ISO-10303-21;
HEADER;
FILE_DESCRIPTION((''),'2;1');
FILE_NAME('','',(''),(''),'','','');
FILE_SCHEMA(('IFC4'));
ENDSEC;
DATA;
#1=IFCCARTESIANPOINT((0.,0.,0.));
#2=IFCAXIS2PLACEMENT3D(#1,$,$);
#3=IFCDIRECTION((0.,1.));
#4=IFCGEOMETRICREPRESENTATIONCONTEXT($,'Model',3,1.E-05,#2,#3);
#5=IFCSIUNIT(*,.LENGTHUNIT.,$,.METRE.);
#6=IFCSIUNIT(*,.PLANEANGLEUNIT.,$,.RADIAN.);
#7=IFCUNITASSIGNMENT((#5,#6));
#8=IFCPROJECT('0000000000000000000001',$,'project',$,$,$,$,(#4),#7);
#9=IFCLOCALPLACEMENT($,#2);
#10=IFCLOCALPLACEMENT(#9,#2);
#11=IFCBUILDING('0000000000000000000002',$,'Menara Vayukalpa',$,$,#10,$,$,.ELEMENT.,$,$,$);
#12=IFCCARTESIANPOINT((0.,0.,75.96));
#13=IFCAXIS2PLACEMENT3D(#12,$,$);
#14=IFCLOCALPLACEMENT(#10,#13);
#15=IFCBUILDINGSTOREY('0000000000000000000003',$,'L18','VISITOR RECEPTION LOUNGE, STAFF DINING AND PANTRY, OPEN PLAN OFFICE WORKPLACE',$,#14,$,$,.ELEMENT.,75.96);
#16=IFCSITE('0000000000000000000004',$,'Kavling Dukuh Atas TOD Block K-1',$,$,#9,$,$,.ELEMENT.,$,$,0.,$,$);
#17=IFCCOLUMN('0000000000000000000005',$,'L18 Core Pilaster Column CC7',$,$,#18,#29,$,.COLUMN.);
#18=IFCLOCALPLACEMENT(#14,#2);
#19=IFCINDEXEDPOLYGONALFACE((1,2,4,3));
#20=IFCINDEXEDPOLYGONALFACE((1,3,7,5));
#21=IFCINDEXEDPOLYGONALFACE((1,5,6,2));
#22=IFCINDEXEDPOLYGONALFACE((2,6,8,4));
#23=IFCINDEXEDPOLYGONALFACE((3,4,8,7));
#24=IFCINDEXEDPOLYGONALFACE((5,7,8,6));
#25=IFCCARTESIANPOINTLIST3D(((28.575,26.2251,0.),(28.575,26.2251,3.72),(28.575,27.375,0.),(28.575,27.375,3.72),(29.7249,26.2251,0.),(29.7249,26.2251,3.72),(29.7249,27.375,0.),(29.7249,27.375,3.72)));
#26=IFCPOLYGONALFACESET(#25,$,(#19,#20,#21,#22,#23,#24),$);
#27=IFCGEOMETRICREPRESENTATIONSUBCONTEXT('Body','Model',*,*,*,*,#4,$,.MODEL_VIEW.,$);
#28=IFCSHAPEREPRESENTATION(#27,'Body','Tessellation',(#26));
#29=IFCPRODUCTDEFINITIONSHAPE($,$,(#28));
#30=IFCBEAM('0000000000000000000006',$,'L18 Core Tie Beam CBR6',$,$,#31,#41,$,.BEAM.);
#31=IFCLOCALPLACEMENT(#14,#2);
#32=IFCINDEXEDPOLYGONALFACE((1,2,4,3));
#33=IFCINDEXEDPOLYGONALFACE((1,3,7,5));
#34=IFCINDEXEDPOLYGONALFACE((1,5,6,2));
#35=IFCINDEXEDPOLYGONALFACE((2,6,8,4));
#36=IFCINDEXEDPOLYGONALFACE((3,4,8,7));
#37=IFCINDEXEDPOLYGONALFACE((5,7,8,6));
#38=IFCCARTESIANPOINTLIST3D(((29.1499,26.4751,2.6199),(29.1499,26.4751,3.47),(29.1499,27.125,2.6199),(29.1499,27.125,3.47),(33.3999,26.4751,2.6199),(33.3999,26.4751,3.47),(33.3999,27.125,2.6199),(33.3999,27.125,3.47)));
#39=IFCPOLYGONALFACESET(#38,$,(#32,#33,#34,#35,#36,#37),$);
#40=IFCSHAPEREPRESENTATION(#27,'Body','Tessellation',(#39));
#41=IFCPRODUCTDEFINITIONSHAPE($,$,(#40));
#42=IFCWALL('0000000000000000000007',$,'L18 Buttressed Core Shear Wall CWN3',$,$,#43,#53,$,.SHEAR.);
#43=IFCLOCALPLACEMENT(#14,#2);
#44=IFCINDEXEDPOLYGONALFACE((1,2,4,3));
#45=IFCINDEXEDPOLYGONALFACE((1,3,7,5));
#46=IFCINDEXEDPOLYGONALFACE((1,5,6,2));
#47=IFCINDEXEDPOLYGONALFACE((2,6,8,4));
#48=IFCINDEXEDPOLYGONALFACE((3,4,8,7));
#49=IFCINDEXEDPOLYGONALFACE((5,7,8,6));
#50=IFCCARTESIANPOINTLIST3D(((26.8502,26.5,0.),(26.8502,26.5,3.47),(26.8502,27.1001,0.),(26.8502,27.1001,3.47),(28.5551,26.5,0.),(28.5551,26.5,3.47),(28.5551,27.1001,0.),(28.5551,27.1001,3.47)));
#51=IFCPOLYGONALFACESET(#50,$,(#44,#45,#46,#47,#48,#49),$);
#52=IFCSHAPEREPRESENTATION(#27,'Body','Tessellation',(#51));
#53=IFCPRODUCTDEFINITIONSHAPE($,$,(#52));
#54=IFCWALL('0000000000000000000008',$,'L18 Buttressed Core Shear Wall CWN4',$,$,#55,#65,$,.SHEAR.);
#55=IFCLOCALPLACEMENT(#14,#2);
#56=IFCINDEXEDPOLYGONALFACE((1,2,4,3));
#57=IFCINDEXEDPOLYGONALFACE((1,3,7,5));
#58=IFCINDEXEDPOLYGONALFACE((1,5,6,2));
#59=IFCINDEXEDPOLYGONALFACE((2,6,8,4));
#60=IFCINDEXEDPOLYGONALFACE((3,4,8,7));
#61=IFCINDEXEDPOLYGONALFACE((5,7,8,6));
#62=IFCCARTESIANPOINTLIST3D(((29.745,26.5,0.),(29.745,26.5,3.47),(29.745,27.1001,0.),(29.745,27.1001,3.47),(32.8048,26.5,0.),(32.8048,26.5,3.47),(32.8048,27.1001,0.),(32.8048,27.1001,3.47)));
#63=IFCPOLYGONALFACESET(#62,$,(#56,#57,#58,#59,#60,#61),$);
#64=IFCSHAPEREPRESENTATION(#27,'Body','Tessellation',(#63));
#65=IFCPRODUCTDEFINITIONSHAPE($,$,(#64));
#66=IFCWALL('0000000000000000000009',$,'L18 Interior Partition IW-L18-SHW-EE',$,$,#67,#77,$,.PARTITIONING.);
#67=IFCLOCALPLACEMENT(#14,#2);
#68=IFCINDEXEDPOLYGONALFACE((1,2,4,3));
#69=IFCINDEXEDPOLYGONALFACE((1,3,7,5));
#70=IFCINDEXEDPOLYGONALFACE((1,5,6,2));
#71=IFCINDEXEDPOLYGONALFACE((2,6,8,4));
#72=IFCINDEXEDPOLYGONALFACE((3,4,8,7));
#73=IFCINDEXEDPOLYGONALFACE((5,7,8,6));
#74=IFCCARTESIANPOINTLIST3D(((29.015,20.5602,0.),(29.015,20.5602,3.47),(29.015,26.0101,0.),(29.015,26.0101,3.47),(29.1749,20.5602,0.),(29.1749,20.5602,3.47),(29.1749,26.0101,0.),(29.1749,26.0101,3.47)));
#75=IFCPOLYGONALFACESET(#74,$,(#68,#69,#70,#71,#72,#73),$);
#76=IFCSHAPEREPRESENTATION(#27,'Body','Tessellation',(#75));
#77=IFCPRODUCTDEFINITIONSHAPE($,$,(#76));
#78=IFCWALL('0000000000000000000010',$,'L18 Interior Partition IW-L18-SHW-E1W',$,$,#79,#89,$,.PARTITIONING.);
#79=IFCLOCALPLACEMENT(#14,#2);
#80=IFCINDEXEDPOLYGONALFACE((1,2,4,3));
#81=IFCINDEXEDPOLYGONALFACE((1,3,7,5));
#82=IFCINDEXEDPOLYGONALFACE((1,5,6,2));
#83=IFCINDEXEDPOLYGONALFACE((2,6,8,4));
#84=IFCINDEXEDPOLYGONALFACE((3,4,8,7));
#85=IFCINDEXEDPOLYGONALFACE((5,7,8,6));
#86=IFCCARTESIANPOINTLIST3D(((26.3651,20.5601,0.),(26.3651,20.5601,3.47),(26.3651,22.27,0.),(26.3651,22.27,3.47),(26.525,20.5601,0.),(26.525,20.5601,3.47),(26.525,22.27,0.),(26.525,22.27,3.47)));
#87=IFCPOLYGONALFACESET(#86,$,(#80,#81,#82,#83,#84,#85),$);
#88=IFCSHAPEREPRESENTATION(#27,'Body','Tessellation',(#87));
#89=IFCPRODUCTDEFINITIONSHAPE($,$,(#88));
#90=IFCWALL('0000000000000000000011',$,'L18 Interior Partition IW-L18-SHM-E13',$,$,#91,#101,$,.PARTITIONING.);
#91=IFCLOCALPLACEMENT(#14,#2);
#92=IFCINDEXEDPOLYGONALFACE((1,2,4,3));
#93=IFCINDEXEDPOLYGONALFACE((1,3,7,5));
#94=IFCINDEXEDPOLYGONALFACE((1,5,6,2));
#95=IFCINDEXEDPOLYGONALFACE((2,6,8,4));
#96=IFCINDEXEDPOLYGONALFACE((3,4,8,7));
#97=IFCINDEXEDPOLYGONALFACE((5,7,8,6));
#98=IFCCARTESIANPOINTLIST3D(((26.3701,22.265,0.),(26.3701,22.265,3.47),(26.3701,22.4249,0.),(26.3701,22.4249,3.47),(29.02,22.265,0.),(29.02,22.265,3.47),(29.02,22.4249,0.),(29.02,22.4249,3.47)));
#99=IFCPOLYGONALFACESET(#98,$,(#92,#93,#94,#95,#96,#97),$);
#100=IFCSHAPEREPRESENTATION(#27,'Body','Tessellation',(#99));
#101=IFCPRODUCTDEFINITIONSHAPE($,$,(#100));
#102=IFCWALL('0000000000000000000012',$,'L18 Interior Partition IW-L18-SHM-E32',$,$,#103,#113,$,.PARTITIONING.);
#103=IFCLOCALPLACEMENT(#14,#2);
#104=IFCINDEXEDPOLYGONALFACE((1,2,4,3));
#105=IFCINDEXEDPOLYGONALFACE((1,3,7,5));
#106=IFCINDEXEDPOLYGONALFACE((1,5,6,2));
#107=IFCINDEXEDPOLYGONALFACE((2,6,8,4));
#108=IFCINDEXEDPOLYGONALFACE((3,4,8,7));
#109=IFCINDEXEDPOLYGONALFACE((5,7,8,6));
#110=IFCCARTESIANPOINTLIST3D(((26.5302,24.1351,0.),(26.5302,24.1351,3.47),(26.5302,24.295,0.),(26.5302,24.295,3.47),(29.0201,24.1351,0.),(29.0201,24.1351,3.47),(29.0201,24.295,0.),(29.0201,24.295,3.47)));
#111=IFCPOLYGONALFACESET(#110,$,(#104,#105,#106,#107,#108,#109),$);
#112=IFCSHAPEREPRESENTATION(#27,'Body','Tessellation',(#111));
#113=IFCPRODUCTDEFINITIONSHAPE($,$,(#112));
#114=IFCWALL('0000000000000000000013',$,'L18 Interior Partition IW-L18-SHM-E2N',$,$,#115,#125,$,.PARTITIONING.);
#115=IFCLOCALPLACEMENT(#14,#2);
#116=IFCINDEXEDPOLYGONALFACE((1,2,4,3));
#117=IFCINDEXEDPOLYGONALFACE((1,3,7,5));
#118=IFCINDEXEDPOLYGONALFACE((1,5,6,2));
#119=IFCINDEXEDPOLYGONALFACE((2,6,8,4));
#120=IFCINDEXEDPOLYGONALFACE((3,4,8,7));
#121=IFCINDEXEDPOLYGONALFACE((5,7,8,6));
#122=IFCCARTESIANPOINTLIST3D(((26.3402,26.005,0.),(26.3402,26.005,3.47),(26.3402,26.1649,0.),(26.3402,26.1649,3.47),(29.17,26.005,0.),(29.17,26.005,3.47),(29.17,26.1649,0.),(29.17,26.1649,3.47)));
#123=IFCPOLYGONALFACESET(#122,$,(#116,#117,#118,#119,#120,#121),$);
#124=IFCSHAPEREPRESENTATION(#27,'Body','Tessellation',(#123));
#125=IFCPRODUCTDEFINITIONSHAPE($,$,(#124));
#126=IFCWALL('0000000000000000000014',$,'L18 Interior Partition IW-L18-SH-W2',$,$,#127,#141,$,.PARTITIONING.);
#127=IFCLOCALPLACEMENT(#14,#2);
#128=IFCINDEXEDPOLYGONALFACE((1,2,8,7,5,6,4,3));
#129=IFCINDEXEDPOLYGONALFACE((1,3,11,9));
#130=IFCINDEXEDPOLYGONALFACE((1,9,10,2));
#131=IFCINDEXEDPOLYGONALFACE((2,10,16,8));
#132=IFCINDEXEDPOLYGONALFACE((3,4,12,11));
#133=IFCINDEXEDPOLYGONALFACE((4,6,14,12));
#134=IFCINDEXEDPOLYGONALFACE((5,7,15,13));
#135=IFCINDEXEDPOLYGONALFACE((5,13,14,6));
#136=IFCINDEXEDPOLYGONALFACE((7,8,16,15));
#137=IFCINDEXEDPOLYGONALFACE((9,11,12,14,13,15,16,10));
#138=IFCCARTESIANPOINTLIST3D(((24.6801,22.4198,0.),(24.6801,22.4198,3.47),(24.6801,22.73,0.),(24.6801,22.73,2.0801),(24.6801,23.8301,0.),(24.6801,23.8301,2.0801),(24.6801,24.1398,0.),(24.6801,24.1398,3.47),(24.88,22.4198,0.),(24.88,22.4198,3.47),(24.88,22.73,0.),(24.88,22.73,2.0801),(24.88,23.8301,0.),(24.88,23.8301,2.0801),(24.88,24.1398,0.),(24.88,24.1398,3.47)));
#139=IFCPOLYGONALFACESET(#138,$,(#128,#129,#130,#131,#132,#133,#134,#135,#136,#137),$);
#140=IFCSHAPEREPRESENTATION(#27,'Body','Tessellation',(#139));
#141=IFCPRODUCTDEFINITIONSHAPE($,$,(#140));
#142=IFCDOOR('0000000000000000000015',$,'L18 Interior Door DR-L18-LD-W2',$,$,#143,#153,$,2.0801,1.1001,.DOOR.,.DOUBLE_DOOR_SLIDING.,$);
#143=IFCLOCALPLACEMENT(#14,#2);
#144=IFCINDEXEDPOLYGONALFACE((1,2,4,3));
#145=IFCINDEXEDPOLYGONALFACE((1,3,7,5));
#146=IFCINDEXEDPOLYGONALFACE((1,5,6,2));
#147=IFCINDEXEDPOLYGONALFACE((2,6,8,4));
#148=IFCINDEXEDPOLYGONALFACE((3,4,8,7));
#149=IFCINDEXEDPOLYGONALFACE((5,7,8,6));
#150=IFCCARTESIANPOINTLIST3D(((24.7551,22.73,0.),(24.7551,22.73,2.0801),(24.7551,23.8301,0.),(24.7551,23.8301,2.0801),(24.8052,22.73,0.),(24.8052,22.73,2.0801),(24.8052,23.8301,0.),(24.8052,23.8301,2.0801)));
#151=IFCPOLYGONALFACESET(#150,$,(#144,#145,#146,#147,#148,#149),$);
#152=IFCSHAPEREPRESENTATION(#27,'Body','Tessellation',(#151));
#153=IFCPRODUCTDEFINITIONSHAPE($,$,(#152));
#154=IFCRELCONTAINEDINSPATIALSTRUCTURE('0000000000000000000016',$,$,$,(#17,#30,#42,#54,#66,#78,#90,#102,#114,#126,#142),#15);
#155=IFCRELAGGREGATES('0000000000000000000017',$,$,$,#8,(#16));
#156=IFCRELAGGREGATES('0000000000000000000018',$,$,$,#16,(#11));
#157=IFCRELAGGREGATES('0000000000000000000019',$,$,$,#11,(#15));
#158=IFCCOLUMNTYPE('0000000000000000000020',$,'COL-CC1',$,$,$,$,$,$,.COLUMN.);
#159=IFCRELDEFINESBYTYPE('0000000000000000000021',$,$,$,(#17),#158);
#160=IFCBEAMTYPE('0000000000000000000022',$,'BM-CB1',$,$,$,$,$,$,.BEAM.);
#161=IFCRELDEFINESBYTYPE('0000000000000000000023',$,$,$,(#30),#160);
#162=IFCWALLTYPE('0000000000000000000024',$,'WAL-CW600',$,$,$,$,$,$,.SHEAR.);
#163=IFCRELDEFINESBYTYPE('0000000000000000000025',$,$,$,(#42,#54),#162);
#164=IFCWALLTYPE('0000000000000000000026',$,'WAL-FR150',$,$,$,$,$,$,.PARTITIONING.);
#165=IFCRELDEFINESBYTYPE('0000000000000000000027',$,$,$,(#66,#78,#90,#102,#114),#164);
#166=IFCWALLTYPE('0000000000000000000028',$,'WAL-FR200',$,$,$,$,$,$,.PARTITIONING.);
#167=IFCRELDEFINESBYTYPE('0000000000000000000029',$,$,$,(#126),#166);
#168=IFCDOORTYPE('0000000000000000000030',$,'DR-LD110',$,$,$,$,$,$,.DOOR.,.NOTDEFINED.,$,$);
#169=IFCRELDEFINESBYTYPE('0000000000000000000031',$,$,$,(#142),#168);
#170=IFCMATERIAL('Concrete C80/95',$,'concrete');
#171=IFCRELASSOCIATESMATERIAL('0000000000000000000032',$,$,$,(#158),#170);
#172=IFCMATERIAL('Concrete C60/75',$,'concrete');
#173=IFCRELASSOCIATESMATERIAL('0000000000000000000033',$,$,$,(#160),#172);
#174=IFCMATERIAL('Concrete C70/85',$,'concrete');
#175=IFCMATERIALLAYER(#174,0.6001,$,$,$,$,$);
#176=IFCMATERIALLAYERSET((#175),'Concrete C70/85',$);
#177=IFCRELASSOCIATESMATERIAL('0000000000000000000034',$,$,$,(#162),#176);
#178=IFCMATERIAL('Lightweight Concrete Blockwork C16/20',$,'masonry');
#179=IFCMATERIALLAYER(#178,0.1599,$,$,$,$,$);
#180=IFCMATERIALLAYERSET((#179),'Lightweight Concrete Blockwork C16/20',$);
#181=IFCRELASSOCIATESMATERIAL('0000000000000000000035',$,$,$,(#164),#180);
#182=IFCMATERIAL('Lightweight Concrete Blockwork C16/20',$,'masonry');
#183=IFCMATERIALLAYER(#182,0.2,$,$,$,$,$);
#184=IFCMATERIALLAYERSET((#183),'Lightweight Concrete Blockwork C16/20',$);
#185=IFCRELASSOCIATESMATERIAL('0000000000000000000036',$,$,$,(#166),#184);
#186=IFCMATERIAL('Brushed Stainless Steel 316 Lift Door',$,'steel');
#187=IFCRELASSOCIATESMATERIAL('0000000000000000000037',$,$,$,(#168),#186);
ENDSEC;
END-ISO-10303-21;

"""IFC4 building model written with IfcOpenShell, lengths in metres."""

from ifc_helpers import new_model, si_unit, direction, frame, frame_2d, origin, origin_2d, place, context, subcontext, project, spatial, rectangle, extrude, material, layer, layer_set, material_profile, profile_set, type_object, element, fill, save


model = new_model("IFC4")

# Units and contexts
model_context = context("Model", 3, precision=1e-05, world=origin(), true_north=direction((0.0, 1.0)))
body_context = subcontext(model_context, "Body", "Model", "MODEL_VIEW")
ifc_project = project(units=[si_unit("LENGTHUNIT", "METRE"), si_unit("PLANEANGLEUNIT", "RADIAN")], contexts=[model_context])

# Site, building, storey
site_placement = place(None, origin())
site = spatial("IfcSite", under=ifc_project, at=site_placement, Name="Kavling Dukuh Atas TOD Block K-1", CompositionType="ELEMENT", RefElevation=0.0)
building_placement = place(site_placement, origin())
building = spatial("IfcBuilding", under=site, at=building_placement, Name="Menara Vayukalpa", CompositionType="ELEMENT")
storey_placement = place(building_placement, frame((0.0, 0.0, 75.96)))
storey = spatial("IfcBuildingStorey", under=building, at=storey_placement, Name="L18", Description="VISITOR RECEPTION LOUNGE, STAFF DINING AND PANTRY, OPEN PLAN OFFICE WORKPLACE", CompositionType="ELEMENT", Elevation=75.96)

# Column
ifc_material_1 = material(Name="Concrete C80/95", Category="concrete")
ifc_material_profile_1 = material_profile(ifc_material_1, rectangle(XDim=1.1499, YDim=1.1499, at=origin_2d()), Name="RC 1150x1150")
ifc_profile_set_1 = profile_set([ifc_material_profile_1], Name="Concrete C80/95")
column_type = type_object("IfcColumnType", Name="COL-CC1", PredefinedType="COLUMN", material=ifc_profile_set_1)
column_placement = place(storey_placement, frame((29.1499, 26.8, 0.0), z_axis=(0.0, 0.0, 1.0), x_axis=(1.0, 0.0, 0.0)))
element("IfcColumn", 1, at=column_placement, inside=storey, type_object=column_type, Name="L18 Core Pilaster Column CC7", PredefinedType="COLUMN", context=body_context, shape_type="SweptSolid", body=[
    extrude(rectangle(XDim=1.1499, YDim=1.1499, at=origin_2d()), origin(), (0.0, 0.0, 1.0), 3.72),
])

# Beam
ifc_material_2 = material(Name="Concrete C60/75", Category="concrete")
ifc_material_profile_2 = material_profile(ifc_material_2, rectangle(XDim=0.6499, YDim=0.8501, at=origin_2d()), Name="RC 650x850")
ifc_profile_set_2 = profile_set([ifc_material_profile_2], Name="Concrete C60/75")
beam_type = type_object("IfcBeamType", Name="BM-CB1", PredefinedType="BEAM", material=ifc_profile_set_2)
beam_placement = place(storey_placement, frame((29.1499, 26.8, 3.0449), z_axis=(1.0, 0.0, 0.0), x_axis=(0.0, 1.0, 0.0)))
element("IfcBeam", 2, at=beam_placement, inside=storey, type_object=beam_type, Name="L18 Core Tie Beam CBR6", PredefinedType="BEAM", context=body_context, shape_type="SweptSolid", body=[
    extrude(rectangle(XDim=0.6499, YDim=0.8501, at=origin_2d()), origin(), (0.0, 0.0, 1.0), 4.25),
])

# Walls
ifc_material_3 = material(Name="Concrete C70/85", Category="concrete")
ifc_layer_1 = layer(ifc_material_3, 0.6001)
ifc_layer_set_1 = layer_set([ifc_layer_1], Name="Concrete C70/85")
wall_type_1 = type_object("IfcWallType", Name="WAL-CW600", PredefinedType="SHEAR", material=ifc_layer_set_1)
wall_1_placement = place(storey_placement, frame((26.8501, 26.8, 0.0), z_axis=(0.0, 0.0, 1.0), x_axis=(1.0, 0.0, 0.0)))
element("IfcWall", 3, at=wall_1_placement, inside=storey, type_object=wall_type_1, Name="L18 Buttressed Core Shear Wall CWN3", PredefinedType="SHEAR", context=body_context, shape_type="SweptSolid", body=[
    extrude(rectangle(XDim=1.7048, YDim=0.6001, at=frame_2d((0.8525, 0.0))), origin(), (0.0, 0.0, 1.0), 3.47),
])
wall_2_placement = place(storey_placement, frame((29.7451, 26.8, 0.0), z_axis=(0.0, 0.0, 1.0), x_axis=(1.0, 0.0, 0.0)))
element("IfcWall", 4, at=wall_2_placement, inside=storey, type_object=wall_type_1, Name="L18 Buttressed Core Shear Wall CWN4", PredefinedType="SHEAR", context=body_context, shape_type="SweptSolid", body=[
    extrude(rectangle(XDim=3.0598, YDim=0.6001, at=frame_2d((1.5298, 0.0))), origin(), (0.0, 0.0, 1.0), 3.47),
])
ifc_material_4 = material(Name="Lightweight Concrete Blockwork C16/20", Category="masonry")
ifc_layer_2 = layer(ifc_material_4, 0.1599)
ifc_layer_set_2 = layer_set([ifc_layer_2], Name="Lightweight Concrete Blockwork C16/20")
wall_type_2 = type_object("IfcWallType", Name="WAL-FR150", PredefinedType="PARTITIONING", material=ifc_layer_set_2)
wall_3_placement = place(storey_placement, frame((29.095, 20.5601, 0.0), z_axis=(0.0, 0.0, 1.0), x_axis=(0.0, 1.0, 0.0)))
element("IfcWall", 5, at=wall_3_placement, inside=storey, type_object=wall_type_2, Name="L18 Interior Partition IW-L18-SHW-EE", PredefinedType="PARTITIONING", context=body_context, shape_type="SweptSolid", body=[
    extrude(rectangle(XDim=5.45, YDim=0.1599, at=frame_2d((2.7251, 0.0))), origin(), (0.0, 0.0, 1.0), 3.47),
])
wall_4_placement = place(storey_placement, frame((26.4451, 20.5601, 0.0), z_axis=(0.0, 0.0, 1.0), x_axis=(0.0, 1.0, 0.0)))
element("IfcWall", 6, at=wall_4_placement, inside=storey, type_object=wall_type_2, Name="L18 Interior Partition IW-L18-SHW-E1W", PredefinedType="PARTITIONING", context=body_context, shape_type="SweptSolid", body=[
    extrude(rectangle(XDim=1.71, YDim=0.1599, at=frame_2d((0.855, 0.0))), origin(), (0.0, 0.0, 1.0), 3.47),
])
wall_5_placement = place(storey_placement, frame((26.3701, 22.345, 0.0), z_axis=(0.0, 0.0, 1.0), x_axis=(1.0, 0.0, 0.0)))
element("IfcWall", 7, at=wall_5_placement, inside=storey, type_object=wall_type_2, Name="L18 Interior Partition IW-L18-SHM-E13", PredefinedType="PARTITIONING", context=body_context, shape_type="SweptSolid", body=[
    extrude(rectangle(XDim=2.6499, YDim=0.1599, at=frame_2d((1.325, 0.0))), origin(), (0.0, 0.0, 1.0), 3.47),
])
wall_6_placement = place(storey_placement, frame((26.53, 24.2151, 0.0), z_axis=(0.0, 0.0, 1.0), x_axis=(1.0, 0.0, 0.0)))
element("IfcWall", 8, at=wall_6_placement, inside=storey, type_object=wall_type_2, Name="L18 Interior Partition IW-L18-SHM-E32", PredefinedType="PARTITIONING", context=body_context, shape_type="SweptSolid", body=[
    extrude(rectangle(XDim=2.49, YDim=0.1599, at=frame_2d((1.2451, 0.0))), origin(), (0.0, 0.0, 1.0), 3.47),
])
wall_7_placement = place(storey_placement, frame((26.3401, 26.085, 0.0), z_axis=(0.0, 0.0, 1.0), x_axis=(1.0, 0.0, 0.0)))
element("IfcWall", 9, at=wall_7_placement, inside=storey, type_object=wall_type_2, Name="L18 Interior Partition IW-L18-SHM-E2N", PredefinedType="PARTITIONING", context=body_context, shape_type="SweptSolid", body=[
    extrude(rectangle(XDim=2.8298, YDim=0.1599, at=frame_2d((1.415, 0.0))), origin(), (0.0, 0.0, 1.0), 3.47),
])

# Wall, opening, door
ifc_material_5 = material(Name="Lightweight Concrete Blockwork C16/20", Category="masonry")
ifc_layer_3 = layer(ifc_material_5, 0.2)
ifc_layer_set_3 = layer_set([ifc_layer_3], Name="Lightweight Concrete Blockwork C16/20")
wall_type_3 = type_object("IfcWallType", Name="WAL-FR200", PredefinedType="PARTITIONING", material=ifc_layer_set_3)
wall_8_placement = place(storey_placement, frame((24.78, 22.4199, 0.0), z_axis=(0.0, 0.0, 1.0), x_axis=(0.0, 1.0, 0.0)))
wall_8 = element("IfcWall", 10, at=wall_8_placement, inside=storey, type_object=wall_type_3, Name="L18 Interior Partition IW-L18-SH-W2", PredefinedType="PARTITIONING", context=body_context, shape_type="SweptSolid", body=[
    extrude(rectangle(XDim=1.72, YDim=0.2, at=frame_2d((0.8599, 0.0))), origin(), (0.0, 0.0, 1.0), 3.47),
])
opening_1_placement = place(wall_8_placement, frame((0.3101, 0.0, 0.0)))
opening_1 = element("IfcOpeningElement", 11, at=opening_1_placement, cuts=wall_8, PredefinedType="OPENING", context=body_context, shape_type="SweptSolid", body=[
    extrude(rectangle(XDim=1.1001, YDim=2.0801, at=frame_2d((0.55, 1.04))), frame((0.0, 0.1099, 0.0), z_axis=(0.0, -1.0, 0.0), x_axis=(1.0, 0.0, 0.0)), (0.0, 0.0, 1.0), 0.22),
])
ifc_material_6 = material(Name="Brushed Stainless Steel 316 Lift Door", Category="steel")
door_type = type_object("IfcDoorType", Name="DR-LD110", OperationType="NOTDEFINED", PredefinedType="DOOR", material=ifc_material_6)
door_1_placement = place(opening_1_placement, origin())
door_1 = element("IfcDoor", 12, at=door_1_placement, inside=storey, type_object=door_type, Name="L18 Interior Door DR-L18-LD-W2", OperationType="DOUBLE_DOOR_SLIDING", OverallHeight=2.0801, OverallWidth=1.1001, PredefinedType="DOOR", context=body_context, shape_type="SweptSolid", body=[
    extrude(rectangle(XDim=1.1001, YDim=2.0801, at=frame_2d((0.55, 1.04))), frame((0.0, 0.0249, 0.0), z_axis=(0.0, -1.0, 0.0), x_axis=(1.0, 0.0, 0.0)), (0.0, 0.0, 1.0), 0.05),
])
fill(opening_1, door_1)

save(model, "model.ifc")
